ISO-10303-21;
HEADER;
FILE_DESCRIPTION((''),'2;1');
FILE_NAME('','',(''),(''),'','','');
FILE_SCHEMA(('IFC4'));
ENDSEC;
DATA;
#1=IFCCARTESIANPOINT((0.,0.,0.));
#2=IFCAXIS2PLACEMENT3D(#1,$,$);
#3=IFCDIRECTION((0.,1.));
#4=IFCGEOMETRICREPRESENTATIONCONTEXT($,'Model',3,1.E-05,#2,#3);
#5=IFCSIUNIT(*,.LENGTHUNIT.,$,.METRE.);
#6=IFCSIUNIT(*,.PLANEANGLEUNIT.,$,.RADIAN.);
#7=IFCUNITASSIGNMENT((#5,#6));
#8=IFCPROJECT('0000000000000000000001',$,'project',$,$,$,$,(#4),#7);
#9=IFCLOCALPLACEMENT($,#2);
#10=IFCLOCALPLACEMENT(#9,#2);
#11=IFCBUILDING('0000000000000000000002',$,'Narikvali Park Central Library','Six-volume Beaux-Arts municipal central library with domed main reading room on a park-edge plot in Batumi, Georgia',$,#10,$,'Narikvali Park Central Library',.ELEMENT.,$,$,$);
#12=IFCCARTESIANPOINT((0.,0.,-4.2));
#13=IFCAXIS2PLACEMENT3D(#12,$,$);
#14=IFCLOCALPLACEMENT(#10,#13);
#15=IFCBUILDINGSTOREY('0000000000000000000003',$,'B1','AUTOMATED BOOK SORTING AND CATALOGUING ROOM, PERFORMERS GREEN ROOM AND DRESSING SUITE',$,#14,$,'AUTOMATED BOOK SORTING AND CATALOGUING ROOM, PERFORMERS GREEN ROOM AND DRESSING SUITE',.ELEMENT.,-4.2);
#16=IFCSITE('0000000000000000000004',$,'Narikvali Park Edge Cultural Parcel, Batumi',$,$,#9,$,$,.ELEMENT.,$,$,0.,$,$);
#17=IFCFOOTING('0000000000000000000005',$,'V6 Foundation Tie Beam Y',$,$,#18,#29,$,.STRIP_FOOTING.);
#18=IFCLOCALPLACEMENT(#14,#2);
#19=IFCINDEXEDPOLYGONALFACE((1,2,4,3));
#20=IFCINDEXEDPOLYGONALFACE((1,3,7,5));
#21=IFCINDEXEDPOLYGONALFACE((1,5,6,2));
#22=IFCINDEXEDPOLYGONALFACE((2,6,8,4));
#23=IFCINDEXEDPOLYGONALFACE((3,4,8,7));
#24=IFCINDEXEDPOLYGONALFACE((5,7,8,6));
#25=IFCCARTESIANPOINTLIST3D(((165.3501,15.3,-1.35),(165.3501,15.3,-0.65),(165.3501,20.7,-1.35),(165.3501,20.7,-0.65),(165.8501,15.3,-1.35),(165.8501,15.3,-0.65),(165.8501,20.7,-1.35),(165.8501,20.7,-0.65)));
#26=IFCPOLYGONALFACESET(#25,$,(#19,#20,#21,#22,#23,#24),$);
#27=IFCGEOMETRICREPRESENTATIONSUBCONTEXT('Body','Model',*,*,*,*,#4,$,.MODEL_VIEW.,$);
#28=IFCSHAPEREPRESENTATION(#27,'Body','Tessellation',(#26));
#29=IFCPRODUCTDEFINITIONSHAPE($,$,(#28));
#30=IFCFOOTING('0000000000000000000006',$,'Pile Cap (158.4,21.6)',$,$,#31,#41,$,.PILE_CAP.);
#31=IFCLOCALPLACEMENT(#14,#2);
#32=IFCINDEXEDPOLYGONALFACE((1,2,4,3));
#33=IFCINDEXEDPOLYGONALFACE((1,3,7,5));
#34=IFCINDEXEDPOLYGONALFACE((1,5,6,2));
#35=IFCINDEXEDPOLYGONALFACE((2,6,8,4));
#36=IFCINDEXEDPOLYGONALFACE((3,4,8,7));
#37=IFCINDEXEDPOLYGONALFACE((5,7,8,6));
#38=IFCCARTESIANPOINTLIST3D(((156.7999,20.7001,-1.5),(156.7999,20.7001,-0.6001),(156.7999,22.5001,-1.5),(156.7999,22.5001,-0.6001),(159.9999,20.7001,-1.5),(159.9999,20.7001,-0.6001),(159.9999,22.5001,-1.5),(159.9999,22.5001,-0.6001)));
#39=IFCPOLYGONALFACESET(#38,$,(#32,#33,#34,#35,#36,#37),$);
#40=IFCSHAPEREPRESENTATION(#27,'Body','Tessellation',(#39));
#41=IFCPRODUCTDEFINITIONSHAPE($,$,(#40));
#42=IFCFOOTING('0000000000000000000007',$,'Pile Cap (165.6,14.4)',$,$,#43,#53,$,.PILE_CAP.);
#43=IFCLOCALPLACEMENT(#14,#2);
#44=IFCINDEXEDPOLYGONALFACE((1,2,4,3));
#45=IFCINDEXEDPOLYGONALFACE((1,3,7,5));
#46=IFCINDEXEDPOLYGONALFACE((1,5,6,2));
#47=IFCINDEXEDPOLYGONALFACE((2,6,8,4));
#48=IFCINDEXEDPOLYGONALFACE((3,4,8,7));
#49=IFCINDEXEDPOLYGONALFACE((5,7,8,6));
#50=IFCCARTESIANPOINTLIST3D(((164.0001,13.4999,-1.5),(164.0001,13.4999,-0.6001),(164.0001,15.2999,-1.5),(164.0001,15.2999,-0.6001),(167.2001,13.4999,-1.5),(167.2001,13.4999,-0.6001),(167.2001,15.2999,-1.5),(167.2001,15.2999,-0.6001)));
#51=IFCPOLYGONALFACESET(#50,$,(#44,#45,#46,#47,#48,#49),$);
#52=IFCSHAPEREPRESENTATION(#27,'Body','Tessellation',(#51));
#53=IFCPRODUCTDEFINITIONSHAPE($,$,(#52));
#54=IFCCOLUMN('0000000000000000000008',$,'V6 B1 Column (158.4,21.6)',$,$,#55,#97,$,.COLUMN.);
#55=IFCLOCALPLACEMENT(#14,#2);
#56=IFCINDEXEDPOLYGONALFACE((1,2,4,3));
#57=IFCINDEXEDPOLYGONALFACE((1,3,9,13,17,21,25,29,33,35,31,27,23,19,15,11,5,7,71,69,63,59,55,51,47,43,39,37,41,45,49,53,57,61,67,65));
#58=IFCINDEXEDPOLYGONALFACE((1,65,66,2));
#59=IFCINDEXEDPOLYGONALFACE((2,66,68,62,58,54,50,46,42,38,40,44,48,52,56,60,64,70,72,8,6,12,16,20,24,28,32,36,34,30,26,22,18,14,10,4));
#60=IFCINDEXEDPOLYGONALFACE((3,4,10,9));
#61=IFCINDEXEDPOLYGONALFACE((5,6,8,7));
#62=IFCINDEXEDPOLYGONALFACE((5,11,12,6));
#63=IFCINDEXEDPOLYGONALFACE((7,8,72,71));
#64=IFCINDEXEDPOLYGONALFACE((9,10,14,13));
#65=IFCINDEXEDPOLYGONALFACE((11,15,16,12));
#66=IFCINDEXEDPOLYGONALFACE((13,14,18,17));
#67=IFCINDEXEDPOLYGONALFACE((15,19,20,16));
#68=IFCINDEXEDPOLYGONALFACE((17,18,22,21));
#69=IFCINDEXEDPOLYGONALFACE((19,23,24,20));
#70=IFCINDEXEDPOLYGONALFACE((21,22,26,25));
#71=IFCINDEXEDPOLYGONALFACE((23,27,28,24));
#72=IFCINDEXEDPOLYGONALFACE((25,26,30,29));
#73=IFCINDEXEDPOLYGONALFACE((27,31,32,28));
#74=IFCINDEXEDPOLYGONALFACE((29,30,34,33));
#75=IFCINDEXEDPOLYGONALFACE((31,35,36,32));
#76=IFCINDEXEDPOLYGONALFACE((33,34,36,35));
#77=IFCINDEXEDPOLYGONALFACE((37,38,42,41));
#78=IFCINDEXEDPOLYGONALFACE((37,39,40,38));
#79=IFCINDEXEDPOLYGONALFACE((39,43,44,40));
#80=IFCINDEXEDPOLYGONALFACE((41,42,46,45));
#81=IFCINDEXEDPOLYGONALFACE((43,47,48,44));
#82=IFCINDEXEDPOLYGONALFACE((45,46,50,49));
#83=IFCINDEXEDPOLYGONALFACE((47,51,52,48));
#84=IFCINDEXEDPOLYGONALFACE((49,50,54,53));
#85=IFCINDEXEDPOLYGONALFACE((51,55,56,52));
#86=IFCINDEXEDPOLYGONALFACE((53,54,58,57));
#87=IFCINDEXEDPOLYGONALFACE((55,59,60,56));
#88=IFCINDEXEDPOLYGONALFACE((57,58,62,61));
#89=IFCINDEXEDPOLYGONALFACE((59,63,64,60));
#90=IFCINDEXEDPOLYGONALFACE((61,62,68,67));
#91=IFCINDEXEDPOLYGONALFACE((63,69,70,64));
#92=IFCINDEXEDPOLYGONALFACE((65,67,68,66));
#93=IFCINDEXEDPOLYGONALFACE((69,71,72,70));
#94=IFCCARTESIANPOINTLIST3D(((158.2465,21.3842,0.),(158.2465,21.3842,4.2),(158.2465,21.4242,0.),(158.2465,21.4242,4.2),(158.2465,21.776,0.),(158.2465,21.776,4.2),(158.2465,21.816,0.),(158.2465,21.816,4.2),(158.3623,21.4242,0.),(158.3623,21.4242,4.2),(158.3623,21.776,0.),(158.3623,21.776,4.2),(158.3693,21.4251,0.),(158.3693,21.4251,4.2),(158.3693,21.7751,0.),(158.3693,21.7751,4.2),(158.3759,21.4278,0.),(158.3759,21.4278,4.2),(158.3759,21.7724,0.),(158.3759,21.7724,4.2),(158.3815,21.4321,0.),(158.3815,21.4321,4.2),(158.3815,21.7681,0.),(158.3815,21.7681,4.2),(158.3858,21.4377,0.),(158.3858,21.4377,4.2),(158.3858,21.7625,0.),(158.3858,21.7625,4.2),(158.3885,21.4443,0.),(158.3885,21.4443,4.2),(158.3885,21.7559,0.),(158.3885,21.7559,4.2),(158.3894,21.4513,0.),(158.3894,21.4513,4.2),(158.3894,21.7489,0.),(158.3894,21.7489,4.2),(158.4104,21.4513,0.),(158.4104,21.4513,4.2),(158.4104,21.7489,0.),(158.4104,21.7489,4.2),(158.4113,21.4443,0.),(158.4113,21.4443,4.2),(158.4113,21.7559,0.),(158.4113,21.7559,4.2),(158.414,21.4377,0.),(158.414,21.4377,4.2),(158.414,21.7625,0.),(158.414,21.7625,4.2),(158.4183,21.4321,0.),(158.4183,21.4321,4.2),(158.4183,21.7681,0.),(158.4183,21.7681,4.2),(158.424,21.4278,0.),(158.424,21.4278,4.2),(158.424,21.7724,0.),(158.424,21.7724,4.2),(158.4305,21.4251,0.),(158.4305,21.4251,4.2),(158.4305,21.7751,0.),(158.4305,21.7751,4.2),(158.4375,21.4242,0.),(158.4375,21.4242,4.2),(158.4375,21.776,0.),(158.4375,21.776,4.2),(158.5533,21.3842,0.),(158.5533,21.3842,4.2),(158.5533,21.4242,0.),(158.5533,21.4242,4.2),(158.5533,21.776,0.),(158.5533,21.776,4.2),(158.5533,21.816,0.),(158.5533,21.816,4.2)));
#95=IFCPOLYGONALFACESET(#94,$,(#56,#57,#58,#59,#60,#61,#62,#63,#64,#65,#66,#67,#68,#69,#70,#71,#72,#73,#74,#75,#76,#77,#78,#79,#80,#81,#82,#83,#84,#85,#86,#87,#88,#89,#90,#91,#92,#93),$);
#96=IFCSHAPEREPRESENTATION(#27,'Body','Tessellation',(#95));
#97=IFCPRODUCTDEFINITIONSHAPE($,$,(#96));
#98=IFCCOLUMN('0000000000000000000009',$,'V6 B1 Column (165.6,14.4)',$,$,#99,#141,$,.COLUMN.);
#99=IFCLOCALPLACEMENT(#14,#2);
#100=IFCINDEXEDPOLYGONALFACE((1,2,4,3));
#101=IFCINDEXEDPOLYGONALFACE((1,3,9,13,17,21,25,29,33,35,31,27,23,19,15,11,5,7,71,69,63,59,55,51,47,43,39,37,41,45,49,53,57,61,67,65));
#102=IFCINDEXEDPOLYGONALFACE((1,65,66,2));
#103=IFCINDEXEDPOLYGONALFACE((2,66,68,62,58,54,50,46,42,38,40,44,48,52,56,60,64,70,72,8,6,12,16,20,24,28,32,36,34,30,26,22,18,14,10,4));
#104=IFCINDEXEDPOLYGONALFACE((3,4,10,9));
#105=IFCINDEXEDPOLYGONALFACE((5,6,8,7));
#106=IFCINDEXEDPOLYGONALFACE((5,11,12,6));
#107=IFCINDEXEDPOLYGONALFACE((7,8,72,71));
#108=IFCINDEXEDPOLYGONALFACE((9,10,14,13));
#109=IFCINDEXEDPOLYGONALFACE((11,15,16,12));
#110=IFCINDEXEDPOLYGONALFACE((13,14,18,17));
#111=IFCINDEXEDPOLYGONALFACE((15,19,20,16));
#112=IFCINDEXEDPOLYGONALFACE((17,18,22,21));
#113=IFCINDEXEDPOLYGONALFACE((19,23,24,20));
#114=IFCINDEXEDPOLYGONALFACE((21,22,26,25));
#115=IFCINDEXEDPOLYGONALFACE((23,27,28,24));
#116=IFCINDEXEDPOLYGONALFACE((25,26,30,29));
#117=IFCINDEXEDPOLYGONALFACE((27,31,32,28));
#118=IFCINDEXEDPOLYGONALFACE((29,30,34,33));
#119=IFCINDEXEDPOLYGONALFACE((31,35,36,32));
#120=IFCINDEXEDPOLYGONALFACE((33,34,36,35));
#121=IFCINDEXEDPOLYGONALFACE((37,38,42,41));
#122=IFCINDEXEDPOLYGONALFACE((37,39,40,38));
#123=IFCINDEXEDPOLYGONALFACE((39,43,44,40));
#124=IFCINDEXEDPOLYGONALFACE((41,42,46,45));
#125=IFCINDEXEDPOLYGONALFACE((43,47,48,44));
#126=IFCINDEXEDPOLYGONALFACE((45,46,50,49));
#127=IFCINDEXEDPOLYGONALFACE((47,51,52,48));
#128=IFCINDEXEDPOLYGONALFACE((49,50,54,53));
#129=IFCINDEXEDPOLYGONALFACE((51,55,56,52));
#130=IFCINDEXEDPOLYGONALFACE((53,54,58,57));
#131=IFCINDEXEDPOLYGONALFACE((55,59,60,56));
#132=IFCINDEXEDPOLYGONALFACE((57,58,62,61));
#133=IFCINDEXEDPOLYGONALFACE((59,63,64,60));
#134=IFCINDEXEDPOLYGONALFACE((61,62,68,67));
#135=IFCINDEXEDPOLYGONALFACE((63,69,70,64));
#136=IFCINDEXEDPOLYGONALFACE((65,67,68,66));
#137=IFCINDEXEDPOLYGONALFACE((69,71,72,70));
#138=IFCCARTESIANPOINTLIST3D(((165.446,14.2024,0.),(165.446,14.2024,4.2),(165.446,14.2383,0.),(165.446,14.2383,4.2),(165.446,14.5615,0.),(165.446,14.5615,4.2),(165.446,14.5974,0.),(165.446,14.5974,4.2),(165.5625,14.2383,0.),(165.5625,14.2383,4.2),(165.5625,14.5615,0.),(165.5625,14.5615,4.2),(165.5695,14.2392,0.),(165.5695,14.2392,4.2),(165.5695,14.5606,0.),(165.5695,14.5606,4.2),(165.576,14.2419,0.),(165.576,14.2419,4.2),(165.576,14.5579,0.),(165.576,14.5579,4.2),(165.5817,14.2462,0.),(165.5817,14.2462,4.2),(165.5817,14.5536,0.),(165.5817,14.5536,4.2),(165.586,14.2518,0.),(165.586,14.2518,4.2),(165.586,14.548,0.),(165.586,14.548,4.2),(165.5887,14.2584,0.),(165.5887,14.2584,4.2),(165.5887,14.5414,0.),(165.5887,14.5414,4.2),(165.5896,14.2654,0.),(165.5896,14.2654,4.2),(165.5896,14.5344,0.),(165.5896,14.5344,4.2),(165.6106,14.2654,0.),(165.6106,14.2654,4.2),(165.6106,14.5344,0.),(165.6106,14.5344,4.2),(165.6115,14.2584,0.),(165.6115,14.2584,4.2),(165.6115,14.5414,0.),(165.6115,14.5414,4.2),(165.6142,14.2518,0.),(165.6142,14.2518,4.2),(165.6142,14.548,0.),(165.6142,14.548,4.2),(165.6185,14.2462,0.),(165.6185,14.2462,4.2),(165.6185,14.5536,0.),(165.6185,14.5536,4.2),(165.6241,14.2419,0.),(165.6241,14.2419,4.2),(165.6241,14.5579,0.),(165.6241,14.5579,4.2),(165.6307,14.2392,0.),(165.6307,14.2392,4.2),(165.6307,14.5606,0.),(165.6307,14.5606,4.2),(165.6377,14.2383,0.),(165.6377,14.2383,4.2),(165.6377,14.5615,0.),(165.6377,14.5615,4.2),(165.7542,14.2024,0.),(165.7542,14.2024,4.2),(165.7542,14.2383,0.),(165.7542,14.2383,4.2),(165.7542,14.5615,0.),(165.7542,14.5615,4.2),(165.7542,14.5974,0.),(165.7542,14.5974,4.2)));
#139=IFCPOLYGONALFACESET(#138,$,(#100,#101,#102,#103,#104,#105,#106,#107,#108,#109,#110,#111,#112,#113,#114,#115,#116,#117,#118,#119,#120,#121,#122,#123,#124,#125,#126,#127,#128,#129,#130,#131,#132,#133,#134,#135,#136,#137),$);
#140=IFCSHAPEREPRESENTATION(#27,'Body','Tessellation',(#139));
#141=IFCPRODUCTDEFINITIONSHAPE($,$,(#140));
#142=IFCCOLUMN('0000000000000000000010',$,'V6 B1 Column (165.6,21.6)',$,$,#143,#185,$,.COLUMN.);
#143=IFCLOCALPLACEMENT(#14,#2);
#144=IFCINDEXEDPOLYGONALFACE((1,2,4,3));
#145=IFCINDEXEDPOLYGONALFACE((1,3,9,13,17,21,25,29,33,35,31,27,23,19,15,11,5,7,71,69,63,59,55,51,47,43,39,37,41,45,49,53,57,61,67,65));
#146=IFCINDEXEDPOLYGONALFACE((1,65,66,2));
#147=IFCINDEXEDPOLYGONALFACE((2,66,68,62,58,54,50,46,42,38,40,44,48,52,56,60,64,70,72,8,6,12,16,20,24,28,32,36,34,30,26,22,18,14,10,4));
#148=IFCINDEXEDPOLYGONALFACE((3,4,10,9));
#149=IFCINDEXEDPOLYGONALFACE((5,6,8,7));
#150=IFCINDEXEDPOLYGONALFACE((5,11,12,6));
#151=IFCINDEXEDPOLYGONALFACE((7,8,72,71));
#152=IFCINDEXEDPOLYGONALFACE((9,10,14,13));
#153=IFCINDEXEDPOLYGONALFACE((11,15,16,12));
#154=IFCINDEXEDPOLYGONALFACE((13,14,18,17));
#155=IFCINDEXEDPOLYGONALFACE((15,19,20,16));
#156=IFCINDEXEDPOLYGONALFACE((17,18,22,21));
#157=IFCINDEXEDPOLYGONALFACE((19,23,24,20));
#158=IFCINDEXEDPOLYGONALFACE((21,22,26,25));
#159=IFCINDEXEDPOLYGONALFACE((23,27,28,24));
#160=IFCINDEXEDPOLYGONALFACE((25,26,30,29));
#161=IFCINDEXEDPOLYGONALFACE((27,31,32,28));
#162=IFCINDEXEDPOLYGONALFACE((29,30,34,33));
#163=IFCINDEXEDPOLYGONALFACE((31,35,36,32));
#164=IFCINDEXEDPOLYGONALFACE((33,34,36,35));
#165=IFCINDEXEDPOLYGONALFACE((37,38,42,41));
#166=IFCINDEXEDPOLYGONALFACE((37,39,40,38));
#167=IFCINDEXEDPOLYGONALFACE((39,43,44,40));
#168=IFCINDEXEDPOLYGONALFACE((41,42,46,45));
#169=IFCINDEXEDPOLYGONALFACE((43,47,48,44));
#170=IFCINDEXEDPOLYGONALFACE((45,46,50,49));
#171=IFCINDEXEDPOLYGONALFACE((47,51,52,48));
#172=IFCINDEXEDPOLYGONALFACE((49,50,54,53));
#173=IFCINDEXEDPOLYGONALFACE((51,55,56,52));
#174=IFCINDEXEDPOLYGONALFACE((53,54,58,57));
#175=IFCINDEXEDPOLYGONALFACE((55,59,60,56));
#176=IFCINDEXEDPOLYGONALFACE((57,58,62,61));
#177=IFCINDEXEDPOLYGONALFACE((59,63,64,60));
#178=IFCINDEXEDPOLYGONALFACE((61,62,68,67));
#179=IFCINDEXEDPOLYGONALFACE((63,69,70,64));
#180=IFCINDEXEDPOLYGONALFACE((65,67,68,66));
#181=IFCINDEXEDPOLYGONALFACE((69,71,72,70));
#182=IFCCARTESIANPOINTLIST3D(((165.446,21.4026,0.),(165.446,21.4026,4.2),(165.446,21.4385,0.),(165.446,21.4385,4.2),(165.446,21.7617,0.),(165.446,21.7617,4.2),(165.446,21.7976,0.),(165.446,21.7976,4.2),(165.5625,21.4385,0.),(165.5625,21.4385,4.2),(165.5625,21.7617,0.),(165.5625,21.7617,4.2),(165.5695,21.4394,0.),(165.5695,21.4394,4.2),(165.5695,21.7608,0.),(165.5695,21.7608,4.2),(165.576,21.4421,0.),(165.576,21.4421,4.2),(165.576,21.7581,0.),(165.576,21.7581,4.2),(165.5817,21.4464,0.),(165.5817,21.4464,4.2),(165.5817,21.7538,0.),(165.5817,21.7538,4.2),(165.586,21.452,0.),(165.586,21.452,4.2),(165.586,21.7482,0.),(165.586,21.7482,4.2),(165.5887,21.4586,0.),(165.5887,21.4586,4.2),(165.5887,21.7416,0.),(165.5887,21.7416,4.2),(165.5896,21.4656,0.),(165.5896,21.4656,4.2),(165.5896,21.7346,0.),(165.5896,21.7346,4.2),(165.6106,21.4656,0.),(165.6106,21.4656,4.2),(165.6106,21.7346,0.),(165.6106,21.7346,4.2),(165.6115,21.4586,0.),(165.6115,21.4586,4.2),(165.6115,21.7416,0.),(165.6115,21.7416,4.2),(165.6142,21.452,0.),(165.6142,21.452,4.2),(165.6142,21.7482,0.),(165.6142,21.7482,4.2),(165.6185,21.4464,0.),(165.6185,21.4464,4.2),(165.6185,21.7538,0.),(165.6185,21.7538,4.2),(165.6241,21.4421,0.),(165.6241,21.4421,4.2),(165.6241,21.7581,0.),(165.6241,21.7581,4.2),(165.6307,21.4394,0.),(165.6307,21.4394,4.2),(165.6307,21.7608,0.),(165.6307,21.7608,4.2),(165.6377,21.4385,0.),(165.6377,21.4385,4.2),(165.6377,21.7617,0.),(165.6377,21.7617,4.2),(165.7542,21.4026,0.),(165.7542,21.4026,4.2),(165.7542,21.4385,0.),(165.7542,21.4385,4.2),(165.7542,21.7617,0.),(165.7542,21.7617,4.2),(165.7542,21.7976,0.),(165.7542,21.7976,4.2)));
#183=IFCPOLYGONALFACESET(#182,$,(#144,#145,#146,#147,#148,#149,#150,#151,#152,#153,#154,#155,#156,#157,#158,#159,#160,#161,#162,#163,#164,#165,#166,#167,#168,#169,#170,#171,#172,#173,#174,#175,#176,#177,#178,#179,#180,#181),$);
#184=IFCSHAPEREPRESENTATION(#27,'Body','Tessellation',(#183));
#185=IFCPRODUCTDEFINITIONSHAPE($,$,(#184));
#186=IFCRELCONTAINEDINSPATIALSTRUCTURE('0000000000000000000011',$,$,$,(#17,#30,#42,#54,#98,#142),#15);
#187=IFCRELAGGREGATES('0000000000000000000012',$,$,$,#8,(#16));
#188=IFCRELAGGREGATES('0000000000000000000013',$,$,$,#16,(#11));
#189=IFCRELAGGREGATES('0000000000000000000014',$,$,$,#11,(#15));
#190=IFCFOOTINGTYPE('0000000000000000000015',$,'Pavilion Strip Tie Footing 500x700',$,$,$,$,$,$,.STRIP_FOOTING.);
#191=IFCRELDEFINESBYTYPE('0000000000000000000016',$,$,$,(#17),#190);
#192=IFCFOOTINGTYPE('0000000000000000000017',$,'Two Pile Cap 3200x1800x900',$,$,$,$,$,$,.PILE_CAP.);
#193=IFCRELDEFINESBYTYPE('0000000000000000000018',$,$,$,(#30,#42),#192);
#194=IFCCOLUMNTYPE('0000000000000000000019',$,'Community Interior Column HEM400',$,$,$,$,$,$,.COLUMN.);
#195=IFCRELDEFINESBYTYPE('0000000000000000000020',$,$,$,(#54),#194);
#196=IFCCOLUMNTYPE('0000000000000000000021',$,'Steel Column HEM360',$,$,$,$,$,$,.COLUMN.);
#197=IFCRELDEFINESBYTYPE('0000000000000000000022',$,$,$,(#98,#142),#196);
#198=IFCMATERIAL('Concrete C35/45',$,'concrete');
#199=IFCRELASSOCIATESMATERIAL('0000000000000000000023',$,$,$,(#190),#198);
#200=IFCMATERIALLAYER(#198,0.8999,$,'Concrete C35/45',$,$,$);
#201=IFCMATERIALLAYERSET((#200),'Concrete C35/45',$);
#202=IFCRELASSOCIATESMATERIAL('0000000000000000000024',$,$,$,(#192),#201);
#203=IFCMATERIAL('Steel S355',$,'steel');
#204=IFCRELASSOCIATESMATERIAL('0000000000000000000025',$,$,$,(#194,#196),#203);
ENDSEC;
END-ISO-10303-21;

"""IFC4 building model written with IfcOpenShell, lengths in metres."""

from ifc_helpers import new_model, si_unit, direction, frame, origin, origin_2d, place, context, subcontext, project, spatial, rectangle, i_section, extrude, material, layer, layer_set, material_profile, profile_set, type_object, element, save


model = new_model("IFC4")

# Units and contexts
model_context = context("Model", 3, precision=1e-05, world=origin(), true_north=direction((0.0, 1.0)))
body_context = subcontext(model_context, "Body", "Model", "MODEL_VIEW")
ifc_project = project(units=[si_unit("LENGTHUNIT", "METRE"), si_unit("PLANEANGLEUNIT", "RADIAN")], contexts=[model_context])

# Site, building, storey
site_placement = place(None, origin())
site = spatial("IfcSite", under=ifc_project, at=site_placement, Name="Narikvali Park Edge Cultural Parcel, Batumi", CompositionType="ELEMENT", RefElevation=0.0)
building_placement = place(site_placement, origin())
building = spatial("IfcBuilding", under=site, at=building_placement, Name="Narikvali Park Central Library", Description="Six-volume Beaux-Arts municipal central library with domed main reading room on a park-edge plot in Batumi, Georgia", LongName="Narikvali Park Central Library", CompositionType="ELEMENT")
storey_placement = place(building_placement, frame((0.0, 0.0, -4.2)))
storey = spatial("IfcBuildingStorey", under=building, at=storey_placement, Name="B1", Description="AUTOMATED BOOK SORTING AND CATALOGUING ROOM, PERFORMERS GREEN ROOM AND DRESSING SUITE", LongName="AUTOMATED BOOK SORTING AND CATALOGUING ROOM, PERFORMERS GREEN ROOM AND DRESSING SUITE", CompositionType="ELEMENT", Elevation=-4.2)

# Shared definitions
ifc_material_1 = material(Name="Concrete C35/45", Category="concrete")

# Footings
ifc_material_profile_1 = material_profile(ifc_material_1, rectangle(XDim=0.5, YDim=0.7, at=origin_2d()), Name="RC GB 500x700")
ifc_profile_set_1 = profile_set([ifc_material_profile_1], Name="Concrete C35/45")
footing_type_1 = type_object("IfcFootingType", Name="Pavilion Strip Tie Footing 500x700", PredefinedType="STRIP_FOOTING", material=ifc_profile_set_1)
footing_placement = place(storey_placement, frame((165.6001, 15.3, -1.0), z_axis=(0.0, 1.0, 0.0), x_axis=(-1.0, 0.0, 0.0)))
element("IfcFooting", 1, at=footing_placement, inside=storey, type_object=footing_type_1, Name="V6 Foundation Tie Beam Y", PredefinedType="STRIP_FOOTING", context=body_context, shape_type="SweptSolid", body=[
    extrude(rectangle(XDim=0.5, YDim=0.7, at=origin_2d()), origin(), (0.0, 0.0, 1.0), 5.3999),
])
ifc_layer_1 = layer(ifc_material_1, 0.8999, Name="Concrete C35/45")
ifc_layer_set_1 = layer_set([ifc_layer_1], Name="Concrete C35/45")
footing_type_2 = type_object("IfcFootingType", Name="Two Pile Cap 3200x1800x900", PredefinedType="PILE_CAP", material=ifc_layer_set_1)
for number, where, z_axis, x_axis, name in (
    (2, (158.3999, 21.6001, -1.5), (0.0, 0.0, 1.0), (1.0, 0.0, 0.0), "Pile Cap (158.4,21.6)"),
    (3, (165.6001, 14.3999, -1.5), (0.0, 0.0, 1.0), (1.0, 0.0, 0.0), "Pile Cap (165.6,14.4)"),
):
    element("IfcFooting", number, at=place(storey_placement, frame(where, z_axis=z_axis, x_axis=x_axis)), inside=storey, type_object=footing_type_2, Name=name, PredefinedType="PILE_CAP", context=body_context, shape_type="SweptSolid", body=[
        extrude(rectangle(XDim=3.2, YDim=1.8, at=origin_2d()), origin(), (0.0, 0.0, 1.0), 0.8999),
    ])

# Columns
ifc_material_2 = material(Name="Steel S355", Category="steel")
ifc_material_profile_2 = material_profile(ifc_material_2, i_section(OverallWidth=0.3069, OverallDepth=0.4319, WebThickness=0.021, FlangeThickness=0.04, FilletRadius=0.0271, at=origin_2d()), Name="HEM 400")
ifc_profile_set_2 = profile_set([ifc_material_profile_2], Name="Steel S355")
column_type_1 = type_object("IfcColumnType", Name="Community Interior Column HEM400", PredefinedType="COLUMN", material=ifc_profile_set_2)
column_placement = place(storey_placement, frame((158.3999, 21.6001, 0.0), z_axis=(0.0, 0.0, 1.0), x_axis=(1.0, 0.0, 0.0)))
element("IfcColumn", 4, at=column_placement, inside=storey, type_object=column_type_1, Name="V6 B1 Column (158.4,21.6)", PredefinedType="COLUMN", context=body_context, shape_type="SweptSolid", body=[
    extrude(i_section(OverallWidth=0.3069, OverallDepth=0.4319, WebThickness=0.021, FlangeThickness=0.04, FilletRadius=0.0271, at=origin_2d()), origin(), (0.0, 0.0, 1.0), 4.2),
])
ifc_material_profile_3 = material_profile(ifc_material_2, i_section(OverallWidth=0.3081, OverallDepth=0.395, WebThickness=0.021, FlangeThickness=0.0359, FilletRadius=0.0271, at=origin_2d()), Name="HEM 360")
ifc_profile_set_3 = profile_set([ifc_material_profile_3], Name="Steel S355")
column_type_2 = type_object("IfcColumnType", Name="Steel Column HEM360", PredefinedType="COLUMN", material=ifc_profile_set_3)
for number, where, z_axis, x_axis, name in (
    (5, (165.6001, 14.3999, 0.0), (0.0, 0.0, 1.0), (1.0, 0.0, 0.0), "V6 B1 Column (165.6,14.4)"),
    (6, (165.6001, 21.6001, 0.0), (0.0, 0.0, 1.0), (1.0, 0.0, 0.0), "V6 B1 Column (165.6,21.6)"),
):
    element("IfcColumn", number, at=place(storey_placement, frame(where, z_axis=z_axis, x_axis=x_axis)), inside=storey, type_object=column_type_2, Name=name, PredefinedType="COLUMN", context=body_context, shape_type="SweptSolid", body=[
        extrude(i_section(OverallWidth=0.3081, OverallDepth=0.395, WebThickness=0.021, FlangeThickness=0.0359, FilletRadius=0.0271, at=origin_2d()), origin(), (0.0, 0.0, 1.0), 4.2),
    ])

save(model, "model.ifc")
